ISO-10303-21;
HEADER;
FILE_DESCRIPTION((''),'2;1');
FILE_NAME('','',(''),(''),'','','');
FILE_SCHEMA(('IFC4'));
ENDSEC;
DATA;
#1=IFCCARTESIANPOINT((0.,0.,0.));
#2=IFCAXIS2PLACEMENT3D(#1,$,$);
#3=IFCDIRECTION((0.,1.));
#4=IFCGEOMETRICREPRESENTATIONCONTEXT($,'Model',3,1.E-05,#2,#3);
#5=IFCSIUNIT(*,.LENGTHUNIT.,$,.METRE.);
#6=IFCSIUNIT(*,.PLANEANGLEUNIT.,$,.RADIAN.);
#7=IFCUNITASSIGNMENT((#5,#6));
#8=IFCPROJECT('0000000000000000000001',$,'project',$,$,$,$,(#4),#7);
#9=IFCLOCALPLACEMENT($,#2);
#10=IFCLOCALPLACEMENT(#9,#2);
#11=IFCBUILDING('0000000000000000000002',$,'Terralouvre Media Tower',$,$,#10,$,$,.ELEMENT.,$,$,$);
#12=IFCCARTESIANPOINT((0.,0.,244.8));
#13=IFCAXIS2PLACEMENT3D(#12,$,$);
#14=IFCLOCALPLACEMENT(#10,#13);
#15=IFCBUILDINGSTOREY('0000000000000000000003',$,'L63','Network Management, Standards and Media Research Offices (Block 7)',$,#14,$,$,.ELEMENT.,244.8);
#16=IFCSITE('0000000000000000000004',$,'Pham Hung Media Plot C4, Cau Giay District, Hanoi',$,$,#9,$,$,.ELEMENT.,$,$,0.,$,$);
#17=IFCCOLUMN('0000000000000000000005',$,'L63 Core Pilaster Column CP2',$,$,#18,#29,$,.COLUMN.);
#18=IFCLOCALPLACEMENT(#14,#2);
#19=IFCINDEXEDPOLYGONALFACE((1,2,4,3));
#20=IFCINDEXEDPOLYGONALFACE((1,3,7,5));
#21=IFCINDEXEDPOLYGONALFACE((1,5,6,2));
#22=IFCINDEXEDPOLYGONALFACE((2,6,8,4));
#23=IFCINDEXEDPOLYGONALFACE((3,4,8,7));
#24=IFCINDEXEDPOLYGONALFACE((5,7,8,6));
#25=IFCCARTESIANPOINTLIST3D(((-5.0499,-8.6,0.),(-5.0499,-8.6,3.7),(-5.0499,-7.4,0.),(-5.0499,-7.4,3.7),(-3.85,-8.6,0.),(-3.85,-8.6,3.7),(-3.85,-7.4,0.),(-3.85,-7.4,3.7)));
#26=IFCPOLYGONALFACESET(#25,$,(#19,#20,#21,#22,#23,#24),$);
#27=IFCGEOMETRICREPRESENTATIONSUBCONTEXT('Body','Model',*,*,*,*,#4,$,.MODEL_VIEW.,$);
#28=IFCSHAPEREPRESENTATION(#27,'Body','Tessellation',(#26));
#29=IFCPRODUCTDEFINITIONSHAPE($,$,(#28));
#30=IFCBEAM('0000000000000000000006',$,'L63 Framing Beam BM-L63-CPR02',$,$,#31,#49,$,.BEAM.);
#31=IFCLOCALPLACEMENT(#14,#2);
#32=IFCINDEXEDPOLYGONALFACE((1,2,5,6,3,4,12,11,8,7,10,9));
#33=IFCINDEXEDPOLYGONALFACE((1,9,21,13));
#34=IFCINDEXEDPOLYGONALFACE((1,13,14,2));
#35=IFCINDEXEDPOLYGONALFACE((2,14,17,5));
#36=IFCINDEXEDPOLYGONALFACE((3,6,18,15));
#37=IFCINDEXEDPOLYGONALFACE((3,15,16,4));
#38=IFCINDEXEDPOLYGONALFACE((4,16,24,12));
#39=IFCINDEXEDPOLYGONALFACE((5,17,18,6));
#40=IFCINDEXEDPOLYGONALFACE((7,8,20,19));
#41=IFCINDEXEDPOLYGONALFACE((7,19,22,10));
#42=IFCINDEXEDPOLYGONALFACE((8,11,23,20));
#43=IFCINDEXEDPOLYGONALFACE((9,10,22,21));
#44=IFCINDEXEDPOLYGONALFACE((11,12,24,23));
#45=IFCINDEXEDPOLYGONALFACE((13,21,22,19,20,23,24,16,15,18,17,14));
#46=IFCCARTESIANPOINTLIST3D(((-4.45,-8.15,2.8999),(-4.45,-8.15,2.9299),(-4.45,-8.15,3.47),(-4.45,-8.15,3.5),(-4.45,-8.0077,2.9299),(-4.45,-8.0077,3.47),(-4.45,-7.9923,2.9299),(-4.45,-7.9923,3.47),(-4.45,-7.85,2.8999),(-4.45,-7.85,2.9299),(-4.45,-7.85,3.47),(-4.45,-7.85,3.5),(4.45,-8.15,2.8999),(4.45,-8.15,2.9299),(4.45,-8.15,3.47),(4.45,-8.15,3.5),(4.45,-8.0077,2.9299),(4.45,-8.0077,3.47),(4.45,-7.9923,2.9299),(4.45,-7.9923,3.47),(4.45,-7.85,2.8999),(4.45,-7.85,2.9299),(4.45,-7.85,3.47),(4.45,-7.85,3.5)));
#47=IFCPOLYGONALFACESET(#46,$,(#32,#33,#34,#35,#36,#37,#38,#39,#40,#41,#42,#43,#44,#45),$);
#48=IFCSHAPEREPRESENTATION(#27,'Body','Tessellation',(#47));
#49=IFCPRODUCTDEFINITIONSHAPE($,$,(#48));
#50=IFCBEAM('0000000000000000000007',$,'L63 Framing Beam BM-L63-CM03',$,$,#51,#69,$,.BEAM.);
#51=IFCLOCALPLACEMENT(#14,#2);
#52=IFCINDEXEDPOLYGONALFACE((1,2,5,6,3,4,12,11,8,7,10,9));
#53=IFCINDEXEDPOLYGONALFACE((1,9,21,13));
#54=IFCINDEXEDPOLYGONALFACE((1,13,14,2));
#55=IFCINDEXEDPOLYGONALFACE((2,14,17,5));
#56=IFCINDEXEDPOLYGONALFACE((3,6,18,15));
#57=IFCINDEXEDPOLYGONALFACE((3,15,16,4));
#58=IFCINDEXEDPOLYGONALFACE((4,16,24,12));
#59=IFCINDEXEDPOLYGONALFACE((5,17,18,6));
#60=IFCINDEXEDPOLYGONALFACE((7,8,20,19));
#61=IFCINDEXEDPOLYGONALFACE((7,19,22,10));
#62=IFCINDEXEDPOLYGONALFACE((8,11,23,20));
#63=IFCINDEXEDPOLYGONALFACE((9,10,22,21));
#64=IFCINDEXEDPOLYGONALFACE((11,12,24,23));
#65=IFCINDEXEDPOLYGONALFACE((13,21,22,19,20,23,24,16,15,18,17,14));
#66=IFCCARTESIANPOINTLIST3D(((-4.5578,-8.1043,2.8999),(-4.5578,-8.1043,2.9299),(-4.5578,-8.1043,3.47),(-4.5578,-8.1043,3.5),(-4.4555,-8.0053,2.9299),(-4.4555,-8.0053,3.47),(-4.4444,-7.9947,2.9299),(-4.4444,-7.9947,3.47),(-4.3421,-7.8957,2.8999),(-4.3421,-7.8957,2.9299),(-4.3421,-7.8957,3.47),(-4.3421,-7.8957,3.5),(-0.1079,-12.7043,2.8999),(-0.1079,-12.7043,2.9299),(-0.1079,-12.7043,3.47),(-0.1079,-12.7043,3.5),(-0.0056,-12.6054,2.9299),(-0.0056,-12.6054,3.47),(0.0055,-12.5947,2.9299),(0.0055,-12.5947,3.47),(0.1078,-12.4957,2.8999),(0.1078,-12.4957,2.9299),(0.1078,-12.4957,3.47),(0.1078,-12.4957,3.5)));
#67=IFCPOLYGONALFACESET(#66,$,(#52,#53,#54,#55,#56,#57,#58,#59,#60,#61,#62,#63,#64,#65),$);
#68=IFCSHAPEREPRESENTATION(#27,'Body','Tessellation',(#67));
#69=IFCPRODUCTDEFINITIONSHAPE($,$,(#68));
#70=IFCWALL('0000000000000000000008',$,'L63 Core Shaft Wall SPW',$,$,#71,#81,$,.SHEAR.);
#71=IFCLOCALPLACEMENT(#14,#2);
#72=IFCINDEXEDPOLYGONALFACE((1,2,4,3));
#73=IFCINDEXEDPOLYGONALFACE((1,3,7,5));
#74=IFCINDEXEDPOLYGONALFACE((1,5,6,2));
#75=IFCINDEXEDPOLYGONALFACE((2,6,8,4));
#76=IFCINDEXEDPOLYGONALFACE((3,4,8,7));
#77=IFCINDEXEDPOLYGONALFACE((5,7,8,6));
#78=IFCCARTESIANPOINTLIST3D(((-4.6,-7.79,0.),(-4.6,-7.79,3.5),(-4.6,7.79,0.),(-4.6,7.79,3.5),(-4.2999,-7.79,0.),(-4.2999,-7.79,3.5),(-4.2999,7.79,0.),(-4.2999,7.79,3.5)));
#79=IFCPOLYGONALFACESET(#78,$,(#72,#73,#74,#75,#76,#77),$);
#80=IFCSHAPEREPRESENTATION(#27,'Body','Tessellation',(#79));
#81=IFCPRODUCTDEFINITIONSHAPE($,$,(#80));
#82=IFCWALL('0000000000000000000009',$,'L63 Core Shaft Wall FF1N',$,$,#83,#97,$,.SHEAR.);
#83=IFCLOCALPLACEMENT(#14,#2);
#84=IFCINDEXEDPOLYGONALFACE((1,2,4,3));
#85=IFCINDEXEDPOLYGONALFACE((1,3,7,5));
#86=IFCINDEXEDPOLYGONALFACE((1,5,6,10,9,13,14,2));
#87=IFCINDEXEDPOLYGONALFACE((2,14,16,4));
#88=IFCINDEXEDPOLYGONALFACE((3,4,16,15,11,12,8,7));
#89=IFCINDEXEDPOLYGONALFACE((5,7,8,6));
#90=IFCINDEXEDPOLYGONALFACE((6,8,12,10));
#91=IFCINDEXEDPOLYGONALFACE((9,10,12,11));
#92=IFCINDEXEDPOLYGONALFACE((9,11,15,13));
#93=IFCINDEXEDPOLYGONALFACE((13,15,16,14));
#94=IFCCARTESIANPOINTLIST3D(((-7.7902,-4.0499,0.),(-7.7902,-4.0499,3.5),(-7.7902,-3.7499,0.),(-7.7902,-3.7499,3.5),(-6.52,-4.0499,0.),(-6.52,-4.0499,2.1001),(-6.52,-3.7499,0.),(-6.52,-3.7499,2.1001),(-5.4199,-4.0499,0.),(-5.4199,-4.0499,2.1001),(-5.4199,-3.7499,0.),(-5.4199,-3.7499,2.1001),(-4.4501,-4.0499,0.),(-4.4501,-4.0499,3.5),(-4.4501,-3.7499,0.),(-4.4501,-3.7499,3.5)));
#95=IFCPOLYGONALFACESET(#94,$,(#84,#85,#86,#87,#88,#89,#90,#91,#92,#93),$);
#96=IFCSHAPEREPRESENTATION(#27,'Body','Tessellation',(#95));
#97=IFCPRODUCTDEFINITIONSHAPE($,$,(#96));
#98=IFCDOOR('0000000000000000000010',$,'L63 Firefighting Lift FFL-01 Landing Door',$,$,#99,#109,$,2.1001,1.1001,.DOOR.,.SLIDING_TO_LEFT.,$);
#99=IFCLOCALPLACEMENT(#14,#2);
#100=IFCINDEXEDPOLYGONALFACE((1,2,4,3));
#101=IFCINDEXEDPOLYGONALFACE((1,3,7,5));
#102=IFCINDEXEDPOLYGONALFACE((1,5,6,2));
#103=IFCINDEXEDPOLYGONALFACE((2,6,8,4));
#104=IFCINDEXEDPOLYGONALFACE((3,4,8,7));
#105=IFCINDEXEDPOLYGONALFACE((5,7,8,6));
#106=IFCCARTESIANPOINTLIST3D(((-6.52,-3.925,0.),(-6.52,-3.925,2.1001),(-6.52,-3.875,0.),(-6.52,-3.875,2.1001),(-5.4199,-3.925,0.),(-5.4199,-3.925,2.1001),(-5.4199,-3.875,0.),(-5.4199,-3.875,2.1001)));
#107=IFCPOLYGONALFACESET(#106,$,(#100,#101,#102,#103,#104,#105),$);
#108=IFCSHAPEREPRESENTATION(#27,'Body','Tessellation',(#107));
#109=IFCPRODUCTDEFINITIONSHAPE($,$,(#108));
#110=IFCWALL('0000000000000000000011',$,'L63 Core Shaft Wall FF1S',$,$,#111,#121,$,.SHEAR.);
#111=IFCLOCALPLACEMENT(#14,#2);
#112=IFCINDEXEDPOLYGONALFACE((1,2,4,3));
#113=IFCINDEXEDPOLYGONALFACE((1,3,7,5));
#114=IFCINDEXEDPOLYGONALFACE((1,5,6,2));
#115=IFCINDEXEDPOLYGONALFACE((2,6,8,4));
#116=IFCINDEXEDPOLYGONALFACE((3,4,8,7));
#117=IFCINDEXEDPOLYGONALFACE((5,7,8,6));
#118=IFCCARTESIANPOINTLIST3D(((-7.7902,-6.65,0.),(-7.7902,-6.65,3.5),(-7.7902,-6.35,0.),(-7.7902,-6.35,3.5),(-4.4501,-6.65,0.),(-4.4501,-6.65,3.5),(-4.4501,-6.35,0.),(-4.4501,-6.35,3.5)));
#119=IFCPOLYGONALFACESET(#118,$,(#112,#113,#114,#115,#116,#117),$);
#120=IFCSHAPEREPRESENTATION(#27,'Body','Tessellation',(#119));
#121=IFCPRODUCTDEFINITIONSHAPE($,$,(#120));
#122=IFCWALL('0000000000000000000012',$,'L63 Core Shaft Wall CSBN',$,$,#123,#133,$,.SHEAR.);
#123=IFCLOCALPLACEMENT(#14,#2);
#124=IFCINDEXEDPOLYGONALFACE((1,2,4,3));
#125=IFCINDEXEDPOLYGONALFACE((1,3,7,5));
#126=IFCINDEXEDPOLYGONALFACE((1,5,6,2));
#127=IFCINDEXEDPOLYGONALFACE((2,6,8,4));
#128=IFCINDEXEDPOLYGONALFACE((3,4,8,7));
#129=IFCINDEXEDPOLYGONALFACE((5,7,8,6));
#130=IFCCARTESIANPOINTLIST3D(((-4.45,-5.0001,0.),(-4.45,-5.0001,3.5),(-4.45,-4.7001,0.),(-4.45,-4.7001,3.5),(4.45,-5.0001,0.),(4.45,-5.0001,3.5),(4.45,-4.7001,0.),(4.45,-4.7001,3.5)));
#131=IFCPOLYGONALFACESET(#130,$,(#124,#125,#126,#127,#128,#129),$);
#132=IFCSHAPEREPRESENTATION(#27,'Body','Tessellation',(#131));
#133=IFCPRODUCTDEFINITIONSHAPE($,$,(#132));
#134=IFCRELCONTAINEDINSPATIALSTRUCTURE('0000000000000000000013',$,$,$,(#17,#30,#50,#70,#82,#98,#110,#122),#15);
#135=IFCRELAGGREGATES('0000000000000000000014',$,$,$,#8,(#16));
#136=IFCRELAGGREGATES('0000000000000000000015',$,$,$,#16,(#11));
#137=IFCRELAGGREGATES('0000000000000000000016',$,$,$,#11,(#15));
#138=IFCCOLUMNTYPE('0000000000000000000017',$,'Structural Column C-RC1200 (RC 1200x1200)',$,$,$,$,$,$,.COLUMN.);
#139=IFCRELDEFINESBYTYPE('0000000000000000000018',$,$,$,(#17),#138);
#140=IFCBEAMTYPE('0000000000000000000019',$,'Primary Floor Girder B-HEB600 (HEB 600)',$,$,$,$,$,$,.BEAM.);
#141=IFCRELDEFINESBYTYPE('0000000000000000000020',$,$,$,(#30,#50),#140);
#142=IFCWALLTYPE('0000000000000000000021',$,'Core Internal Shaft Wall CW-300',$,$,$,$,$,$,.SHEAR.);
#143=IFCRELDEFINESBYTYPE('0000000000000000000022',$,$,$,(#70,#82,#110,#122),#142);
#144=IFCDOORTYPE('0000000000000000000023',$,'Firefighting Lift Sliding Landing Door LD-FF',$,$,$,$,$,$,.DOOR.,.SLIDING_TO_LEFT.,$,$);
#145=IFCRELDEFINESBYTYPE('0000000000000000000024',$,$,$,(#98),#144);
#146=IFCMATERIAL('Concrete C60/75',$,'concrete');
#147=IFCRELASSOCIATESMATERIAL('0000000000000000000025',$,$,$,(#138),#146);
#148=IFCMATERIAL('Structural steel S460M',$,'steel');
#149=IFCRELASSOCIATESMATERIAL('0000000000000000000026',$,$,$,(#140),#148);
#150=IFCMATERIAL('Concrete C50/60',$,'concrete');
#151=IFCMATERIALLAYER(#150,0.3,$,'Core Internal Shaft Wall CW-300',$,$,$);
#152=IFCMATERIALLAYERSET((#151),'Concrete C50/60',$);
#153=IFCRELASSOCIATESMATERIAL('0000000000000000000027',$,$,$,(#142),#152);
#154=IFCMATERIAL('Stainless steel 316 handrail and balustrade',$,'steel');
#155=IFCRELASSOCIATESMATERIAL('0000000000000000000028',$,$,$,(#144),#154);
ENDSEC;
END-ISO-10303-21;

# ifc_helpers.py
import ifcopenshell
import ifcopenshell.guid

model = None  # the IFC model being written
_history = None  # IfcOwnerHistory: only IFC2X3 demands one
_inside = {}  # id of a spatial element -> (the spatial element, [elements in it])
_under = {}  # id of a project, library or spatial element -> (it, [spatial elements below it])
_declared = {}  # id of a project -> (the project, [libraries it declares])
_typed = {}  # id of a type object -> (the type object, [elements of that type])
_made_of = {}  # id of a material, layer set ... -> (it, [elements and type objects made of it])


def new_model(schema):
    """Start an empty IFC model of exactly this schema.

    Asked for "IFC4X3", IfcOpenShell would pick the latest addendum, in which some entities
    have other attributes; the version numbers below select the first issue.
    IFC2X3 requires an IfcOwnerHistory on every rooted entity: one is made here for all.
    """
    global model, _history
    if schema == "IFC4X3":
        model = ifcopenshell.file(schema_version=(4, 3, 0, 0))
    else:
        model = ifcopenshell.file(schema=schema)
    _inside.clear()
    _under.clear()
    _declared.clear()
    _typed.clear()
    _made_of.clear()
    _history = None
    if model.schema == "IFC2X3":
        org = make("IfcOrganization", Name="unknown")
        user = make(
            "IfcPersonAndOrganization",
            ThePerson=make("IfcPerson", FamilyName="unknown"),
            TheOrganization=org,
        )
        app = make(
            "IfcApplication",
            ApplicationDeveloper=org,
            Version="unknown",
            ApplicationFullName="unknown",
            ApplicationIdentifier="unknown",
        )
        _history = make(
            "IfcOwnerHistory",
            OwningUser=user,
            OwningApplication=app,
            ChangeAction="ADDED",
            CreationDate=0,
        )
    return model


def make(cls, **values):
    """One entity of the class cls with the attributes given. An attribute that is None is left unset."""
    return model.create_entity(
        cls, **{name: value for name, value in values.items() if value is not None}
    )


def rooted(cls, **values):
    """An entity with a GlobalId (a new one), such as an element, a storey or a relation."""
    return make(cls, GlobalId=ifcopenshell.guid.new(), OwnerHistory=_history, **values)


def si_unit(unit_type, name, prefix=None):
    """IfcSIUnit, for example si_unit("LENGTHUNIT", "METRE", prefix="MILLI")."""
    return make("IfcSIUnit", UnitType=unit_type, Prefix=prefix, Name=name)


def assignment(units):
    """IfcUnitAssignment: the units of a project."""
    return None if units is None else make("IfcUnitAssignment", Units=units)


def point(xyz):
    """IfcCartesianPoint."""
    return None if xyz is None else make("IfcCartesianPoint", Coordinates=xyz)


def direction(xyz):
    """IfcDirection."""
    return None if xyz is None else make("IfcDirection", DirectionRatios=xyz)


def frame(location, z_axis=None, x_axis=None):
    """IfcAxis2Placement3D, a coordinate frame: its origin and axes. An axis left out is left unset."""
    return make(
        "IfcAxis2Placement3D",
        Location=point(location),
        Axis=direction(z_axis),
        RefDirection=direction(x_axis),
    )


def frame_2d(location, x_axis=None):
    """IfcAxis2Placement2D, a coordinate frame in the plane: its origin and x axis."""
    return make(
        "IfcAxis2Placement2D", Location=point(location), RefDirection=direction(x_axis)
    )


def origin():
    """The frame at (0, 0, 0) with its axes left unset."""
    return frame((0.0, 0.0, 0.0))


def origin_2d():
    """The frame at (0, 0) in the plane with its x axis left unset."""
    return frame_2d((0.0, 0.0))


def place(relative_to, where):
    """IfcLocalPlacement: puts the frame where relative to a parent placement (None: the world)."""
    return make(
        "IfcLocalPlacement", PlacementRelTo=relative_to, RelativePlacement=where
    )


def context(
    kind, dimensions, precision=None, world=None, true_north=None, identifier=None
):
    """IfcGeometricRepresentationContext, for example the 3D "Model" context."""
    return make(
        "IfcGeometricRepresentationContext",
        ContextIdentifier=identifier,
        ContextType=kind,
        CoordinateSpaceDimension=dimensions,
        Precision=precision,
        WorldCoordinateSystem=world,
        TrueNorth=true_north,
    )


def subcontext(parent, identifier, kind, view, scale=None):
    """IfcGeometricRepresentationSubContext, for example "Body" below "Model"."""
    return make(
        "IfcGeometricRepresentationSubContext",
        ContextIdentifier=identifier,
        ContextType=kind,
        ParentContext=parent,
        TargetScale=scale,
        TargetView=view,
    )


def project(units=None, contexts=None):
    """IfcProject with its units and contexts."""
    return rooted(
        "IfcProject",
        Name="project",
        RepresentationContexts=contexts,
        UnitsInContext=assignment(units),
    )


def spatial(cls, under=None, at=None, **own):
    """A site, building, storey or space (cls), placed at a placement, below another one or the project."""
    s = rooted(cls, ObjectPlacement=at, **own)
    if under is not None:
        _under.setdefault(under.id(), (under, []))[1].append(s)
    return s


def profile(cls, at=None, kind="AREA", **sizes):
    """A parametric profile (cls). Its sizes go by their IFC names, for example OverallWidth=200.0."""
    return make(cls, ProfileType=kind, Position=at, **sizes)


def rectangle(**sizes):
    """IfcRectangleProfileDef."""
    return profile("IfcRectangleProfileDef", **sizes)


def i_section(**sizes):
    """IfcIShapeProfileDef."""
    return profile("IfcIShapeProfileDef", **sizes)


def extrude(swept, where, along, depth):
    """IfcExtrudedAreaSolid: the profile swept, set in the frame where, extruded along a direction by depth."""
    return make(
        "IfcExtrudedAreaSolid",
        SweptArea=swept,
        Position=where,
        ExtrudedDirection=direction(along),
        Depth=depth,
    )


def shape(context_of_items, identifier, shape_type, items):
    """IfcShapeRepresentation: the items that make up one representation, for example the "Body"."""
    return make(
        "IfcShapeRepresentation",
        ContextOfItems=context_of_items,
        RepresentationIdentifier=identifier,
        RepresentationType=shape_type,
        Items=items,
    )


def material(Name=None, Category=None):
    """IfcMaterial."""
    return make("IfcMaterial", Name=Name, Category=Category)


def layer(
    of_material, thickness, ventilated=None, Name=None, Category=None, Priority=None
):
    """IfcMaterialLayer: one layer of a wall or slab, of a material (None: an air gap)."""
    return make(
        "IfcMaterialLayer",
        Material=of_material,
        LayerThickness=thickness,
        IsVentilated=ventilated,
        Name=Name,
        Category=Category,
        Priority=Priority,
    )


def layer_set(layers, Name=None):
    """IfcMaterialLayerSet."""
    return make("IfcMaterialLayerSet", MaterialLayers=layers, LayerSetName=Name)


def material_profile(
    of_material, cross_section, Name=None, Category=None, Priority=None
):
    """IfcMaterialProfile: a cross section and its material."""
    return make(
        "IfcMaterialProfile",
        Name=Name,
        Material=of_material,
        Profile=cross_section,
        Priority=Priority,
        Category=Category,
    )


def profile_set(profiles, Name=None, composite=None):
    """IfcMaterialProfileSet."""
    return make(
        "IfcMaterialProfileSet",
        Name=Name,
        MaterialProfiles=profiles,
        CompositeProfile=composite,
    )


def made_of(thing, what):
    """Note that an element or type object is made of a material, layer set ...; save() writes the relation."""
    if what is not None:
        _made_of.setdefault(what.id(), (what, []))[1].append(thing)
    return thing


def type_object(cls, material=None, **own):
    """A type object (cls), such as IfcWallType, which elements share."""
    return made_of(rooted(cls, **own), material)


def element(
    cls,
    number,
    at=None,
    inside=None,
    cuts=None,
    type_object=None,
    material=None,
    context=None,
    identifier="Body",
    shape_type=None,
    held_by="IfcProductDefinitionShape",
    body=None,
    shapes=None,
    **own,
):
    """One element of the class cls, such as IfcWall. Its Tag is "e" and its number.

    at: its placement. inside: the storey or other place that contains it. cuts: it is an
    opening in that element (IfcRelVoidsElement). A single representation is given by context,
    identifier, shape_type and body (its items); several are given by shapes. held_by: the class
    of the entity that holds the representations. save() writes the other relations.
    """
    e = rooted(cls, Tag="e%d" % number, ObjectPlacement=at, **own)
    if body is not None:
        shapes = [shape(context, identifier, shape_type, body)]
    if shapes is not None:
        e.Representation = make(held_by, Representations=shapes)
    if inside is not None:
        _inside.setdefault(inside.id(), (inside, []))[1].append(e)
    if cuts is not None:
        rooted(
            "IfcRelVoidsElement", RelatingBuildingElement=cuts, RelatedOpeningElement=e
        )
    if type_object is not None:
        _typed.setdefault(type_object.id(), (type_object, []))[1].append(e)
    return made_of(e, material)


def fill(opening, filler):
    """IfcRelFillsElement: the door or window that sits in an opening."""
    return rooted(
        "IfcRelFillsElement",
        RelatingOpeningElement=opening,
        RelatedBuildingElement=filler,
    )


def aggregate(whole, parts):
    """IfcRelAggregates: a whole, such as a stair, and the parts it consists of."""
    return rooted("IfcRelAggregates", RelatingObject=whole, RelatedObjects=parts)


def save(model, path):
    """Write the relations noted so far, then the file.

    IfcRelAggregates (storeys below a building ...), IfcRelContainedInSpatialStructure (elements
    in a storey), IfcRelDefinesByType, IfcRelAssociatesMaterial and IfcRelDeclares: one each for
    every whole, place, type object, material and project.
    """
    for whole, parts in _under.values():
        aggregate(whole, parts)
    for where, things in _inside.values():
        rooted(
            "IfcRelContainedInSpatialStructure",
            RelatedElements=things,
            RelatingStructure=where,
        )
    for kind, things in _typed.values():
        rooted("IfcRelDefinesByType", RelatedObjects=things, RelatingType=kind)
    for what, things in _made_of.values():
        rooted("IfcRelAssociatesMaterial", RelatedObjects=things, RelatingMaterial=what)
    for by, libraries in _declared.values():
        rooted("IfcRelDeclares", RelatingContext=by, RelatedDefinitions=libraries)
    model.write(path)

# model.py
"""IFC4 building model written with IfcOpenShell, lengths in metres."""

from ifc_helpers import new_model, si_unit, direction, frame, frame_2d, origin, origin_2d, place, context, subcontext, project, spatial, rectangle, i_section, extrude, material, layer, layer_set, material_profile, profile_set, type_object, element, fill, save


model = new_model("IFC4")

# Units and contexts
model_context = context("Model", 3, precision=1e-05, world=origin(), true_north=direction((0.0, 1.0)))
body_context = subcontext(model_context, "Body", "Model", "MODEL_VIEW")
ifc_project = project(units=[si_unit("LENGTHUNIT", "METRE"), si_unit("PLANEANGLEUNIT", "RADIAN")], contexts=[model_context])

# Site, building, storey
site_placement = place(None, origin())
site = spatial("IfcSite", under=ifc_project, at=site_placement, Name="Pham Hung Media Plot C4, Cau Giay District, Hanoi", CompositionType="ELEMENT", RefElevation=0.0)
building_placement = place(site_placement, origin())
building = spatial("IfcBuilding", under=site, at=building_placement, Name="Terralouvre Media Tower", CompositionType="ELEMENT")
storey_placement = place(building_placement, frame((0.0, 0.0, 244.8)))
storey = spatial("IfcBuildingStorey", under=building, at=storey_placement, Name="L63", Description="Network Management, Standards and Media Research Offices (Block 7)", CompositionType="ELEMENT", Elevation=244.8)

# Column
ifc_material_1 = material(Name="Concrete C60/75", Category="concrete")
ifc_material_profile_1 = material_profile(ifc_material_1, rectangle(XDim=1.2, YDim=1.2, at=origin_2d()), Name="RC 1200x1200")
ifc_profile_set_1 = profile_set([ifc_material_profile_1], Name="Concrete C60/75")
column_type = type_object("IfcColumnType", Name="Structural Column C-RC1200 (RC 1200x1200)", PredefinedType="COLUMN", material=ifc_profile_set_1)
column_placement = place(storey_placement, frame((-4.45, -8.0, 0.0), z_axis=(0.0, 0.0, 1.0), x_axis=(1.0, 0.0, 0.0)))
element("IfcColumn", 1, at=column_placement, inside=storey, type_object=column_type, Name="L63 Core Pilaster Column CP2", PredefinedType="COLUMN", context=body_context, shape_type="SweptSolid", body=[
    extrude(rectangle(XDim=1.2, YDim=1.2, at=origin_2d()), origin(), (0.0, 0.0, 1.0), 3.7),
])

# Beams
ifc_material_2 = material(Name="Structural steel S460M", Category="steel")
ifc_material_profile_2 = material_profile(ifc_material_2, i_section(OverallWidth=0.3, OverallDepth=0.6001, WebThickness=0.0154, FlangeThickness=0.03, at=origin_2d()), Name="HEB 600")
ifc_profile_set_2 = profile_set([ifc_material_profile_2], Name="Structural steel S460M")
beam_type = type_object("IfcBeamType", Name="Primary Floor Girder B-HEB600 (HEB 600)", PredefinedType="BEAM", material=ifc_profile_set_2)
beam_1_placement = place(storey_placement, frame((-4.45, -8.0, 3.2), z_axis=(1.0, 0.0, 0.0), x_axis=(0.0, 1.0, 0.0)))
element("IfcBeam", 2, at=beam_1_placement, inside=storey, type_object=beam_type, Name="L63 Framing Beam BM-L63-CPR02", PredefinedType="BEAM", context=body_context, shape_type="SweptSolid", body=[
    extrude(i_section(OverallWidth=0.3, OverallDepth=0.6001, WebThickness=0.0154, FlangeThickness=0.03, at=origin_2d()), origin(), (0.0, 0.0, 1.0), 8.8999),
])
beam_2_placement = place(storey_placement, frame((-4.45, -8.0, 3.2), z_axis=(0.69528, -0.718739, 0.0), x_axis=(0.718739, 0.69528, 0.0)))
element("IfcBeam", 3, at=beam_2_placement, inside=storey, type_object=beam_type, Name="L63 Framing Beam BM-L63-CM03", PredefinedType="BEAM", context=body_context, shape_type="SweptSolid", body=[
    extrude(i_section(OverallWidth=0.3, OverallDepth=0.6001, WebThickness=0.0154, FlangeThickness=0.03, at=origin_2d()), origin(), (0.0, 0.0, 1.0), 6.4001),
])

# Wall
ifc_material_3 = material(Name="Concrete C50/60", Category="concrete")
ifc_layer_1 = layer(ifc_material_3, 0.3, Name="Core Internal Shaft Wall CW-300")
ifc_layer_set_1 = layer_set([ifc_layer_1], Name="Concrete C50/60")
wall_type_1 = type_object("IfcWallType", Name="Core Internal Shaft Wall CW-300", PredefinedType="SHEAR", material=ifc_layer_set_1)
wall_1_placement = place(storey_placement, frame((-4.45, -7.79, 0.0), z_axis=(0.0, 0.0, 1.0), x_axis=(0.0, 1.0, 0.0)))
element("IfcWall", 4, at=wall_1_placement, inside=storey, type_object=wall_type_1, Name="L63 Core Shaft Wall SPW", PredefinedType="SHEAR", context=body_context, shape_type="SweptSolid", body=[
    extrude(rectangle(XDim=15.5801, YDim=0.3, at=frame_2d((7.79, 0.0))), origin(), (0.0, 0.0, 1.0), 3.5),
])

# Wall, opening, door
wall_2_placement = place(storey_placement, frame((-7.79, -3.8999, 0.0), z_axis=(0.0, 0.0, 1.0), x_axis=(1.0, 0.0, 0.0)))
wall_2 = element("IfcWall", 5, at=wall_2_placement, inside=storey, type_object=wall_type_1, Name="L63 Core Shaft Wall FF1N", PredefinedType="SHEAR", context=body_context, shape_type="SweptSolid", body=[
    extrude(rectangle(XDim=3.3401, YDim=0.3, at=frame_2d((1.6699, 0.0))), origin(), (0.0, 0.0, 1.0), 3.5),
])
opening_1_placement = place(wall_2_placement, frame((1.27, 0.0, 0.0)))
opening_1 = element("IfcOpeningElement", 6, at=opening_1_placement, cuts=wall_2, PredefinedType="OPENING", context=body_context, shape_type="SweptSolid", body=[
    extrude(rectangle(XDim=1.1001, YDim=2.1001, at=frame_2d((0.55, 1.05))), frame((0.0, 0.1599, 0.0), z_axis=(0.0, -1.0, 0.0), x_axis=(1.0, 0.0, 0.0)), (0.0, 0.0, 1.0), 0.3201),
])
ifc_material_4 = material(Name="Stainless steel 316 handrail and balustrade", Category="steel")
door_type_1 = type_object("IfcDoorType", Name="Firefighting Lift Sliding Landing Door LD-FF", OperationType="SLIDING_TO_LEFT", PredefinedType="DOOR", material=ifc_material_4)
door_1_placement = place(opening_1_placement, origin())
door_1 = element("IfcDoor", 7, at=door_1_placement, inside=storey, type_object=door_type_1, Name="L63 Firefighting Lift FFL-01 Landing Door", OperationType="SLIDING_TO_LEFT", OverallHeight=2.1001, OverallWidth=1.1001, PredefinedType="DOOR", context=body_context, shape_type="SweptSolid", body=[
    extrude(rectangle(XDim=1.1001, YDim=2.1001, at=frame_2d((0.55, 1.05))), frame((0.0, 0.0249, 0.0), z_axis=(0.0, -1.0, 0.0), x_axis=(1.0, 0.0, 0.0)), (0.0, 0.0, 1.0), 0.05),
])
fill(opening_1, door_1)

# Walls
wall_3_placement = place(storey_placement, frame((-7.79, -6.5, 0.0), z_axis=(0.0, 0.0, 1.0), x_axis=(1.0, 0.0, 0.0)))
element("IfcWall", 8, at=wall_3_placement, inside=storey, type_object=wall_type_1, Name="L63 Core Shaft Wall FF1S", PredefinedType="SHEAR", context=body_context, shape_type="SweptSolid", body=[
    extrude(rectangle(XDim=3.3401, YDim=0.3, at=frame_2d((1.6699, 0.0))), origin(), (0.0, 0.0, 1.0), 3.5),
])
wall_4_placement = place(storey_placement, frame((-4.45, -4.8501, 0.0), z_axis=(0.0, 0.0, 1.0), x_axis=(1.0, 0.0, 0.0)))
element("IfcWall", 9, at=wall_4_placement, inside=storey, type_object=wall_type_1, Name="L63 Core Shaft Wall CSBN", PredefinedType="SHEAR", context=body_context, shape_type="SweptSolid", body=[
    extrude(rectangle(XDim=8.8999, YDim=0.3, at=frame_2d((4.45, 0.0))), origin(), (0.0, 0.0, 1.0), 3.5),
])

save(model, "model.ifc")
